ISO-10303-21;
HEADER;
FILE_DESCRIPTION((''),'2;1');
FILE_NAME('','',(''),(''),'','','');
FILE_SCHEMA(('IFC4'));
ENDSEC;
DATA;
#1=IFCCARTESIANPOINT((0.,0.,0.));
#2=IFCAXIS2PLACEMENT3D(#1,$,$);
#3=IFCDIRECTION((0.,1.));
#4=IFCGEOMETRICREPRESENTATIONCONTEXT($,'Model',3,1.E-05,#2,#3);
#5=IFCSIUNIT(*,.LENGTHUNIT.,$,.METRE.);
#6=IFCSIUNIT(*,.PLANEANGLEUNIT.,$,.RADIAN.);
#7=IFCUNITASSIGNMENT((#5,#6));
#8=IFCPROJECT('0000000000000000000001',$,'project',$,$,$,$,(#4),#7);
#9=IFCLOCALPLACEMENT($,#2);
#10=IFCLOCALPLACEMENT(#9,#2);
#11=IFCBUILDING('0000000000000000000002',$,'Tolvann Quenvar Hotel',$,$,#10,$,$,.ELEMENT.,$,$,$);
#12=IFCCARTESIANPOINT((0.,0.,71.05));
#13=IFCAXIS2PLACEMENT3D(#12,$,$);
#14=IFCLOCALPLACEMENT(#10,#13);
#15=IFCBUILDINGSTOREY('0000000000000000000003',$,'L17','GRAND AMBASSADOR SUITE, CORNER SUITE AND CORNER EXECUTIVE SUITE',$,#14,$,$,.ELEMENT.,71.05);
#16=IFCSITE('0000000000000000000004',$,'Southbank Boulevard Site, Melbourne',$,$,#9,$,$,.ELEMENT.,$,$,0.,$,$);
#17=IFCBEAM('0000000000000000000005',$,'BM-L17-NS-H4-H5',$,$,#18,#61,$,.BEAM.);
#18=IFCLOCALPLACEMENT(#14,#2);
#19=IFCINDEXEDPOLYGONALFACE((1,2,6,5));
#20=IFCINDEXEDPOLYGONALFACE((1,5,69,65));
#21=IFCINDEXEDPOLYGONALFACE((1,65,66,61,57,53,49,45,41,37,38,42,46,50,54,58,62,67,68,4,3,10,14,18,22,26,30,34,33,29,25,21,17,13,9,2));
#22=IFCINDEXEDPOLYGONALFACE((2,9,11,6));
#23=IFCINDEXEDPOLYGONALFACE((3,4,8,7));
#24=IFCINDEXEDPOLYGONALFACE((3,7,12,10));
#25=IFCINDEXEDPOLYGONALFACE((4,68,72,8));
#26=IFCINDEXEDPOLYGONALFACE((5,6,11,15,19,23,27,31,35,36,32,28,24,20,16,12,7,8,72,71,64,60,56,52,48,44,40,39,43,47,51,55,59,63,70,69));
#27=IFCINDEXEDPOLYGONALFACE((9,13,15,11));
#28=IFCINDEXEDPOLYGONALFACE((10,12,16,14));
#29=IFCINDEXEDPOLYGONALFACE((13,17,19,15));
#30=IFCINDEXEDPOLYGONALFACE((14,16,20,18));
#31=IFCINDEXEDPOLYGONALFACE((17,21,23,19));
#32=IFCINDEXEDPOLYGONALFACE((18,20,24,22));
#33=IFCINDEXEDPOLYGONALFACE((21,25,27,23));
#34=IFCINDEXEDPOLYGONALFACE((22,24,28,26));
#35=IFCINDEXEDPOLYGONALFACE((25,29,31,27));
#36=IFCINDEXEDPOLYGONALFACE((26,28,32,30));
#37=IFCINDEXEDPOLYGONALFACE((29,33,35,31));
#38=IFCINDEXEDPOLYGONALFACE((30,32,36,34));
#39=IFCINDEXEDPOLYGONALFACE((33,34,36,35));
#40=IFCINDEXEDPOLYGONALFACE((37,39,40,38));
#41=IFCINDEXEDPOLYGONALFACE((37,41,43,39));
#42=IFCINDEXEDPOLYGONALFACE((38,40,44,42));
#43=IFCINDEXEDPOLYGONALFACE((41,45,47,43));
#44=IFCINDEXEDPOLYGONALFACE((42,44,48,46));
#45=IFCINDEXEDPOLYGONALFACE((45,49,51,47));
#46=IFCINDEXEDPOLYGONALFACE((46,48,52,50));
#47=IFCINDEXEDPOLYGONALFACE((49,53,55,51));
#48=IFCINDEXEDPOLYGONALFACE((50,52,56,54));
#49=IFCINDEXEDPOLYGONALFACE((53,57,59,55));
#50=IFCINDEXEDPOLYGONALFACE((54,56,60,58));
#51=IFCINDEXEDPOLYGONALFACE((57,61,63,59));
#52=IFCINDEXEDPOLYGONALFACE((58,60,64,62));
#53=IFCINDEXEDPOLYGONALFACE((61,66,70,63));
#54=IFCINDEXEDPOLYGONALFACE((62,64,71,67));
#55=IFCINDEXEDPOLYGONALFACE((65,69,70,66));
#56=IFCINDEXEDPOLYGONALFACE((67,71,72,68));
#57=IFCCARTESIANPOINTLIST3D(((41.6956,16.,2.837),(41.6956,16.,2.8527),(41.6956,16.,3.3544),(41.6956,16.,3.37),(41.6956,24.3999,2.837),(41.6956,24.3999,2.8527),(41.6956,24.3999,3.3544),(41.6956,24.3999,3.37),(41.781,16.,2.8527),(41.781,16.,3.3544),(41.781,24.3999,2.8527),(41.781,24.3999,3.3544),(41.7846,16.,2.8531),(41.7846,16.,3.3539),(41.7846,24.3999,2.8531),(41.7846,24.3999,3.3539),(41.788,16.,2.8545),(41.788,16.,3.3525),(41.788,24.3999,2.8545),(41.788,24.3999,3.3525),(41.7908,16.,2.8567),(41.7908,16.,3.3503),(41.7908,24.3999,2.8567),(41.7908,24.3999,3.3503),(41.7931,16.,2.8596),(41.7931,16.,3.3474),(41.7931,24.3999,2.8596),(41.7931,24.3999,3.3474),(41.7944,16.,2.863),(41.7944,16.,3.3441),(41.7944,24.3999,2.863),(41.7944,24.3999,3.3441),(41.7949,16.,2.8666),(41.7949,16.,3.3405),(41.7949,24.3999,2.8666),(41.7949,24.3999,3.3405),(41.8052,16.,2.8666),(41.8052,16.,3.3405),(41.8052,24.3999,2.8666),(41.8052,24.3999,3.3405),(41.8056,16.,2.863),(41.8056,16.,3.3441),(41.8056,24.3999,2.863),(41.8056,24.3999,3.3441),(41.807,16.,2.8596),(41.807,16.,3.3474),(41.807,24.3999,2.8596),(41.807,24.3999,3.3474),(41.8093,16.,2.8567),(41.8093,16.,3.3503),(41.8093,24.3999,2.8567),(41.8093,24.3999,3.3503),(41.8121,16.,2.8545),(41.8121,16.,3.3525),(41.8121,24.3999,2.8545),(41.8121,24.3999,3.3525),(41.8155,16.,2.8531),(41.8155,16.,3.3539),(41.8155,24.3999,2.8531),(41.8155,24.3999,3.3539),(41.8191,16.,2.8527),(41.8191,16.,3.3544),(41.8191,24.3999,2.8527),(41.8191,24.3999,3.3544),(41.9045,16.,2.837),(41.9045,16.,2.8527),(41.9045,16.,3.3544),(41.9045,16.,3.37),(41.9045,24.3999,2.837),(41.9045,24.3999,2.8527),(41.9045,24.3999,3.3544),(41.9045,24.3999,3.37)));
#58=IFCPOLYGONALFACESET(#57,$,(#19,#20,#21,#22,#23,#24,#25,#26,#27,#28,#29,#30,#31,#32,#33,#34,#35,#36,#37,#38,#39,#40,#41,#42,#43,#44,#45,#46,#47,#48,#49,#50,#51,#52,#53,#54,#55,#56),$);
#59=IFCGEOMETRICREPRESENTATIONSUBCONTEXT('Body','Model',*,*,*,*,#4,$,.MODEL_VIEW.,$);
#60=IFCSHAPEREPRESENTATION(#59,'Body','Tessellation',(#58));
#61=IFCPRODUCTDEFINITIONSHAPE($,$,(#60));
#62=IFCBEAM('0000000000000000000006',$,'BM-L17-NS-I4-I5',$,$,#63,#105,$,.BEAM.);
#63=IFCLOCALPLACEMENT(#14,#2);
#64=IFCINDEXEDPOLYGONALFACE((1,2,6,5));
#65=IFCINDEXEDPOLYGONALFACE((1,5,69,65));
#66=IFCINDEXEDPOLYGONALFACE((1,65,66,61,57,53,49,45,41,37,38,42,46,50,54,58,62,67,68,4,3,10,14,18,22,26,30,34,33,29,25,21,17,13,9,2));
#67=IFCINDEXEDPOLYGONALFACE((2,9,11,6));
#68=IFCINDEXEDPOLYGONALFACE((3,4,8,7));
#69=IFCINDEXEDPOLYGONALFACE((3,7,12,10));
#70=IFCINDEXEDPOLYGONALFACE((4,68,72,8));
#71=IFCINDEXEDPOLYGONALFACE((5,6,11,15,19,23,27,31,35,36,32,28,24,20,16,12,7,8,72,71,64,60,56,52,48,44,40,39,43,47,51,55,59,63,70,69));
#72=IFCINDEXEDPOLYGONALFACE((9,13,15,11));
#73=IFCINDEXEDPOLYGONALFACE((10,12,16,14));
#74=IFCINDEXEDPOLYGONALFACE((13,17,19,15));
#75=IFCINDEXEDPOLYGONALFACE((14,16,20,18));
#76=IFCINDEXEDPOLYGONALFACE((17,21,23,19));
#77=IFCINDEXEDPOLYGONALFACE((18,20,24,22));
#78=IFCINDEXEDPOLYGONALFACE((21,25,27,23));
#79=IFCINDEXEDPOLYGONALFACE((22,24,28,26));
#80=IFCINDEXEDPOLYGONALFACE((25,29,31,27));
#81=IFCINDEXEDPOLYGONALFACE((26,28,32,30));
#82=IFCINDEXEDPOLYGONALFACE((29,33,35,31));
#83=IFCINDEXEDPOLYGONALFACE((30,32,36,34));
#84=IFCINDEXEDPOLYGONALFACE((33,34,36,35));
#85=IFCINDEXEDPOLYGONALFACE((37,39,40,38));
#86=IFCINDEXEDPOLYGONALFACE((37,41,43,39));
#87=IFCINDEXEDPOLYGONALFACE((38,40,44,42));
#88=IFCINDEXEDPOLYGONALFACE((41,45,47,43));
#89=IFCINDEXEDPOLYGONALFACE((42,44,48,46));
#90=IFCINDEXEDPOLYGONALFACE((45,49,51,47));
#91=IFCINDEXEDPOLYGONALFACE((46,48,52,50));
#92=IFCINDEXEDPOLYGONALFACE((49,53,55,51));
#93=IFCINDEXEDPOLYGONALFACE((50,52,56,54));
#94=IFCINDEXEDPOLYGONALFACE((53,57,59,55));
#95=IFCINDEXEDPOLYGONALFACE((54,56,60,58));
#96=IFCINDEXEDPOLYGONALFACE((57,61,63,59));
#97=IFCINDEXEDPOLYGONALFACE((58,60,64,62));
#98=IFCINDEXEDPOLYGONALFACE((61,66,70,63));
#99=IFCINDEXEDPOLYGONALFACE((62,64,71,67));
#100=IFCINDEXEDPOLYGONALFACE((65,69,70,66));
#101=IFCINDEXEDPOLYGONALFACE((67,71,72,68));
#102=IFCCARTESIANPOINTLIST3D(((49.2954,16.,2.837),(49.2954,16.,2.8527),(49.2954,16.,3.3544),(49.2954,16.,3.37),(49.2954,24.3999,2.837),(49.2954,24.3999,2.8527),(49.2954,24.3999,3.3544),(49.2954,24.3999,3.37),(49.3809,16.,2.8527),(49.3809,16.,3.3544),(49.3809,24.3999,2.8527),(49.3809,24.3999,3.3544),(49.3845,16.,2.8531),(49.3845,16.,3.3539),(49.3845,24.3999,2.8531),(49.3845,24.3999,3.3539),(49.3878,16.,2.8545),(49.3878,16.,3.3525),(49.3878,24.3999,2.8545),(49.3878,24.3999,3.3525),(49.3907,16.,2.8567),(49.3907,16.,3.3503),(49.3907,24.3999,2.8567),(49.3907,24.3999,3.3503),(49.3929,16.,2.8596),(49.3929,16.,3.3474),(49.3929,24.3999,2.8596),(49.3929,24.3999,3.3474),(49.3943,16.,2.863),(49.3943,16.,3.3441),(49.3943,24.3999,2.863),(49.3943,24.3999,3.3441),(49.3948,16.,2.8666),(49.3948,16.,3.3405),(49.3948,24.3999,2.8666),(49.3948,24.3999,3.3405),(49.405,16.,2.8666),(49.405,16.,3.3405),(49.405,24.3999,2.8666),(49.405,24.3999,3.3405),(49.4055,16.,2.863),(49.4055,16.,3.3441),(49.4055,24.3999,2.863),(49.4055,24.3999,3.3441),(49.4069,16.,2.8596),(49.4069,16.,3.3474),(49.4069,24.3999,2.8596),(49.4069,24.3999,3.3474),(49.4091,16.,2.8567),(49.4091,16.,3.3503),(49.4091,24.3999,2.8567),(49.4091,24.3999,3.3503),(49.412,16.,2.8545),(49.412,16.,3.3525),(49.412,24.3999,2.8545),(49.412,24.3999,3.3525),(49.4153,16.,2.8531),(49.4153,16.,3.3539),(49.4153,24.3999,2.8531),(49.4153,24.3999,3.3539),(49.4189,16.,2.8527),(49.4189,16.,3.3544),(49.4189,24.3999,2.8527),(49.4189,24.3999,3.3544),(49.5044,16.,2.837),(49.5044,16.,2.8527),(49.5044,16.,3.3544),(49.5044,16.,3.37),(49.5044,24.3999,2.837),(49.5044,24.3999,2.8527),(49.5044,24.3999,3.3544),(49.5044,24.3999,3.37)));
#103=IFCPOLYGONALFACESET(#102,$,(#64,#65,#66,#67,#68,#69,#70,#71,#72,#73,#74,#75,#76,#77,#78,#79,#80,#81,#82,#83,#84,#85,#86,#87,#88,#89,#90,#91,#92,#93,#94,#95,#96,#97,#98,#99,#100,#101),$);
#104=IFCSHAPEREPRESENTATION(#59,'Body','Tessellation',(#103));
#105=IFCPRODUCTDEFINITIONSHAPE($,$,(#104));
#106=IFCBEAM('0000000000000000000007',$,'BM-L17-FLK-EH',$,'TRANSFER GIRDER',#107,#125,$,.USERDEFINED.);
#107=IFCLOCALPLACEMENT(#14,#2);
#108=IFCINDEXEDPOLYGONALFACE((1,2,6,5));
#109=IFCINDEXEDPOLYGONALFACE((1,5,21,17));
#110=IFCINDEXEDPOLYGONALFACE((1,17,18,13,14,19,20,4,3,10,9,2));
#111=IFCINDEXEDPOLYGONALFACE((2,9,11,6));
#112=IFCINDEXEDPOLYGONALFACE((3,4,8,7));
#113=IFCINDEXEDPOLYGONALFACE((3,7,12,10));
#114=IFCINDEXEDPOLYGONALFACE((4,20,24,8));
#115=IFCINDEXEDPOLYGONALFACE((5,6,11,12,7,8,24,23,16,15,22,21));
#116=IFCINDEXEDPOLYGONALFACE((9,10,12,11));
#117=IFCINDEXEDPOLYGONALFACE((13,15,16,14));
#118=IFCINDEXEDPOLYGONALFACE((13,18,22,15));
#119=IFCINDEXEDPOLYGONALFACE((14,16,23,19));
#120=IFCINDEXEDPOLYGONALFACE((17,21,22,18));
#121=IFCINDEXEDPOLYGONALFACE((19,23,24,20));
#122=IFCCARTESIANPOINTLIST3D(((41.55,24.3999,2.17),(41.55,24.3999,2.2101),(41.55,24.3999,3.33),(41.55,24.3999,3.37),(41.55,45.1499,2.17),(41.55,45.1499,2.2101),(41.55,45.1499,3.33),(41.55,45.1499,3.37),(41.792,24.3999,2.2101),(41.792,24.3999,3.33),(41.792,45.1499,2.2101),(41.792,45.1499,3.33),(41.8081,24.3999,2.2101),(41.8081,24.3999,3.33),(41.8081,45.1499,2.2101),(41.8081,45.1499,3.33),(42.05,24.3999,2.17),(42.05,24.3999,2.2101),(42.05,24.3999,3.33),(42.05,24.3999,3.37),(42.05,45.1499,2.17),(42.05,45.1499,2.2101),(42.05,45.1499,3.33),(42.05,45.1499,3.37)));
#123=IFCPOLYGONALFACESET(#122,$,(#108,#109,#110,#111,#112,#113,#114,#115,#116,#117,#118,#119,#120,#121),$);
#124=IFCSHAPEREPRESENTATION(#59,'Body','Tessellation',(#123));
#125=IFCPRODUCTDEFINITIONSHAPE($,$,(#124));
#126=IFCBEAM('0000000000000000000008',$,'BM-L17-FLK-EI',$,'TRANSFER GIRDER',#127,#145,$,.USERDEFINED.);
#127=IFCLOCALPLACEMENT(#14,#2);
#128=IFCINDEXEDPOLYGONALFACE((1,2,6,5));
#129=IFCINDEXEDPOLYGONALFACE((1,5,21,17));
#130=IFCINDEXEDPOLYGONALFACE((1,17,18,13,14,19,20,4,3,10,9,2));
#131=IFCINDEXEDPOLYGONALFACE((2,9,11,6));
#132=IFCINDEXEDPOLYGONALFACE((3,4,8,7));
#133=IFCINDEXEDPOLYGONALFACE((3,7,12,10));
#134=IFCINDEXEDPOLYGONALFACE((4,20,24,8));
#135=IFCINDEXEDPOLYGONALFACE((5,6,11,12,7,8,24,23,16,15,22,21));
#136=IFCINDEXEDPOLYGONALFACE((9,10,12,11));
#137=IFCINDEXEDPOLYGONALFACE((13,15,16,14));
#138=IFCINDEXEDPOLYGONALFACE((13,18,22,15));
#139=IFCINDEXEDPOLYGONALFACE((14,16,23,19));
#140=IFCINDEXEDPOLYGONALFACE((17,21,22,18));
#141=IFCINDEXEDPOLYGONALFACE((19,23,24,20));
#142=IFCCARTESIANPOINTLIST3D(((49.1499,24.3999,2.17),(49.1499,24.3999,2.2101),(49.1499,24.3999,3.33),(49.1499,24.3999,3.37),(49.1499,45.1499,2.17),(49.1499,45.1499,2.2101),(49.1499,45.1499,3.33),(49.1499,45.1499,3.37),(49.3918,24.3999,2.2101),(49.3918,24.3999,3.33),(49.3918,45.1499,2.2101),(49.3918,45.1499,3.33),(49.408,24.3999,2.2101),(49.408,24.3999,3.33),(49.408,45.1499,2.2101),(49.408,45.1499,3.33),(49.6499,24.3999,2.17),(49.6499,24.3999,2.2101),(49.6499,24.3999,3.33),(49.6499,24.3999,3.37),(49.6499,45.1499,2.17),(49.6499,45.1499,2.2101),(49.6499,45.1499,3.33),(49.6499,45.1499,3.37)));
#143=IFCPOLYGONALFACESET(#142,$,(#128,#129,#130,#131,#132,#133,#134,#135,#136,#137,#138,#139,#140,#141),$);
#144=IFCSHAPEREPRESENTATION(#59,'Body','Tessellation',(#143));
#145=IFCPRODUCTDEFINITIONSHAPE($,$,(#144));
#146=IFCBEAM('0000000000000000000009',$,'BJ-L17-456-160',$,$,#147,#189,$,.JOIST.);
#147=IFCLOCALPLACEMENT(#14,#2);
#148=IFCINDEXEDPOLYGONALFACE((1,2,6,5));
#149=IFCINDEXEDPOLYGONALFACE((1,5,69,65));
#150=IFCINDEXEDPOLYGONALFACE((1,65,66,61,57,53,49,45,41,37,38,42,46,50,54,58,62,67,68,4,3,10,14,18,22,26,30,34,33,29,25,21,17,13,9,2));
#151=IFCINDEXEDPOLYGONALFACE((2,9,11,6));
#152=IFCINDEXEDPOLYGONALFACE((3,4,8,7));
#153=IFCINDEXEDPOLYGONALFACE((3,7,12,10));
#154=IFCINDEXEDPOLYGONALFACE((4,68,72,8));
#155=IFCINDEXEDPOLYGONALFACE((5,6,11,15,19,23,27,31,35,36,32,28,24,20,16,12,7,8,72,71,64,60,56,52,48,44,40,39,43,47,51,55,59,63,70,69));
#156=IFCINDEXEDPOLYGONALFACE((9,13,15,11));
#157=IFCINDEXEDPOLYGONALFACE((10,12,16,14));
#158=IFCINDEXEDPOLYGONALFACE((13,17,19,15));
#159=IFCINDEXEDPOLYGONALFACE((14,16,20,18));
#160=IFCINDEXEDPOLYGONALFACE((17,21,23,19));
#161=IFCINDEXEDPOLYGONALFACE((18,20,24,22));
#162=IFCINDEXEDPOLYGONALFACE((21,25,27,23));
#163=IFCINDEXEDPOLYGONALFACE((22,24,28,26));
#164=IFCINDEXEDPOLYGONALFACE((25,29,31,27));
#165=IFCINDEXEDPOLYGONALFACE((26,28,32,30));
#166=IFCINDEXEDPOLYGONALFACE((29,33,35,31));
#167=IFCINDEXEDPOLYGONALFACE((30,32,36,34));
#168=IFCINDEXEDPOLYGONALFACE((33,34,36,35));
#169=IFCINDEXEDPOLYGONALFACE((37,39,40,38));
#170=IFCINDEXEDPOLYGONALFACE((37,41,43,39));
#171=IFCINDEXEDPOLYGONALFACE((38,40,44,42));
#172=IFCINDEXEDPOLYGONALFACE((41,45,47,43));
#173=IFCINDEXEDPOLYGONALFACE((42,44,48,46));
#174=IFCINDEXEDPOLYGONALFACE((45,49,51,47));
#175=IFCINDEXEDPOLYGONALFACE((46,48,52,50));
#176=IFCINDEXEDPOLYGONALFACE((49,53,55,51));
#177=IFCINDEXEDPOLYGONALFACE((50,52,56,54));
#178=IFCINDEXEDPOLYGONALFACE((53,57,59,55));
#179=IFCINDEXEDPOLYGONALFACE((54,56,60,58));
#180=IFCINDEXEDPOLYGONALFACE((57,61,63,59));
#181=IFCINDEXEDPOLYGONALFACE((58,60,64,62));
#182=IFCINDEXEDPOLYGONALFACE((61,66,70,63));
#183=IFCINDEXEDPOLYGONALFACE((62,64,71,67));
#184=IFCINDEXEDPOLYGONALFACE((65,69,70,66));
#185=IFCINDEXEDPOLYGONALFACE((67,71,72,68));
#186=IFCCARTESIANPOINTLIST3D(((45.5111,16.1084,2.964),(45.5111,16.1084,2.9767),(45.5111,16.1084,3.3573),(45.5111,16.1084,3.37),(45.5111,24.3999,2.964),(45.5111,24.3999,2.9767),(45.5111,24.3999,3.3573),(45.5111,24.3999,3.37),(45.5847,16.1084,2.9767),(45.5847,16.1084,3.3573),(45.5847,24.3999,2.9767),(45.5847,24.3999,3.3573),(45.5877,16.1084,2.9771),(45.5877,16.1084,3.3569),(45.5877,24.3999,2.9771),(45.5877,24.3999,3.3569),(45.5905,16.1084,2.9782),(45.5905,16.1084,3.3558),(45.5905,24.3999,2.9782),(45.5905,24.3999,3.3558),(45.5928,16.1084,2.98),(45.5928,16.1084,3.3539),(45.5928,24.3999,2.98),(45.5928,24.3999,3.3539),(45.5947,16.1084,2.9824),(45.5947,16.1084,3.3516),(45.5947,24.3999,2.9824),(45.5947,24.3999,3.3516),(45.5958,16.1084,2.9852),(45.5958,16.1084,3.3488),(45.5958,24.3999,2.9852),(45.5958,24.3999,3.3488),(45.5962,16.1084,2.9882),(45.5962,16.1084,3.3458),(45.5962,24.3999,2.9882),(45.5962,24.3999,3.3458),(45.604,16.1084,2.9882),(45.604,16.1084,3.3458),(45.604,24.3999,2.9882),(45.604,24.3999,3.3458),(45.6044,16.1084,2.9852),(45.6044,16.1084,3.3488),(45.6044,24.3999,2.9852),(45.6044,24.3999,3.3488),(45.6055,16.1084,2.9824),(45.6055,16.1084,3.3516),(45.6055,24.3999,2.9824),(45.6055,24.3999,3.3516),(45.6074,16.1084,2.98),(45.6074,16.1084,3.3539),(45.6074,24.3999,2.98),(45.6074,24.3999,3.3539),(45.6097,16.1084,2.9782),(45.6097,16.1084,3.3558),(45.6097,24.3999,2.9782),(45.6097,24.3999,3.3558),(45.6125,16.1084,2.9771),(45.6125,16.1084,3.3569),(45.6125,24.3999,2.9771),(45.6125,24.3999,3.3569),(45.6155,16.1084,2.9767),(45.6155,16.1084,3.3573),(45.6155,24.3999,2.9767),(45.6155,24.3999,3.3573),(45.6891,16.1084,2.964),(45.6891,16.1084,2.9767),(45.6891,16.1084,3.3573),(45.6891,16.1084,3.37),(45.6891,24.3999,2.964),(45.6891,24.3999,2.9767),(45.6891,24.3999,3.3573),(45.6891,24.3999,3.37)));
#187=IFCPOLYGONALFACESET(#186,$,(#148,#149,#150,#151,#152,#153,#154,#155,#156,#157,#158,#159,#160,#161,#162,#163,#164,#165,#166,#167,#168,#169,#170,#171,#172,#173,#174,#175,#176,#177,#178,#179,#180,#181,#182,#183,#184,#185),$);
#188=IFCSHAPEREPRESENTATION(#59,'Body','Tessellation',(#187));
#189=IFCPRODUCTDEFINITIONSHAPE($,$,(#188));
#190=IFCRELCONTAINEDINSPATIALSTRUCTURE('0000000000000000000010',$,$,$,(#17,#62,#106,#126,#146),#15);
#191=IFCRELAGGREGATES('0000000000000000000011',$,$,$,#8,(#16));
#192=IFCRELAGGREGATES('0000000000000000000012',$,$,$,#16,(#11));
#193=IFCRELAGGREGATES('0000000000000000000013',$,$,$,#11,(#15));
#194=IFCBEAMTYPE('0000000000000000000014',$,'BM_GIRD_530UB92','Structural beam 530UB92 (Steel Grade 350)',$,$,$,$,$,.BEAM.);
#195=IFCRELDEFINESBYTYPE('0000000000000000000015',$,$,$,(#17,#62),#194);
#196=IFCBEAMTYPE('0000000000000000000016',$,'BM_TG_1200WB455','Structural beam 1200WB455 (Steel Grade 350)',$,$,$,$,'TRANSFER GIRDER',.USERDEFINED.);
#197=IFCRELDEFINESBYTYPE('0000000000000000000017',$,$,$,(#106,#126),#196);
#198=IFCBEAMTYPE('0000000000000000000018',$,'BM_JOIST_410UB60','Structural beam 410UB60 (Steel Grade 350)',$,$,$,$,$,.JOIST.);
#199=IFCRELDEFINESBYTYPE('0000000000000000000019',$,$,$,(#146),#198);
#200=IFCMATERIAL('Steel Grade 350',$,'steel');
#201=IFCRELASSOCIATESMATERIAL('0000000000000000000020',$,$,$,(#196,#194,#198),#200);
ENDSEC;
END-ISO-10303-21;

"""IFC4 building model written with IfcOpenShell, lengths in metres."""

from ifc_helpers import new_model, si_unit, direction, frame, origin, origin_2d, place, context, subcontext, project, spatial, i_section, extrude, source, transform, mapped, material, material_profile, profile_set, type_object, type_shapes, element, save


model = new_model("IFC4")

# Units and contexts
model_context = context("Model", 3, precision=1e-05, world=origin(), true_north=direction((0.0, 1.0)))
body_context = subcontext(model_context, "Body", "Model", "MODEL_VIEW")
ifc_project = project(units=[si_unit("LENGTHUNIT", "METRE"), si_unit("PLANEANGLEUNIT", "RADIAN")], contexts=[model_context])

# Site, building, storey
site_placement = place(None, origin())
site = spatial("IfcSite", under=ifc_project, at=site_placement, Name="Southbank Boulevard Site, Melbourne", CompositionType="ELEMENT", RefElevation=0.0)
building_placement = place(site_placement, origin())
building = spatial("IfcBuilding", under=site, at=building_placement, Name="Tolvann Quenvar Hotel", CompositionType="ELEMENT")
storey_placement = place(building_placement, frame((0.0, 0.0, 71.05)))
storey = spatial("IfcBuildingStorey", under=building, at=storey_placement, Name="L17", Description="GRAND AMBASSADOR SUITE, CORNER SUITE AND CORNER EXECUTIVE SUITE", CompositionType="ELEMENT", Elevation=71.05)

# Shared definitions
ifc_material_1 = material(Name="Steel Grade 350", Category="steel")

# Beams
ifc_material_profile_1 = material_profile(ifc_material_1, i_section(OverallWidth=0.5, OverallDepth=1.2, WebThickness=0.0161, FlangeThickness=0.04, at=origin_2d()), Name="1200WB455")
ifc_profile_set_1 = profile_set([ifc_material_profile_1], Name="Steel Grade 350")
beam_type_1 = type_object("IfcBeamType", Name="BM_TG_1200WB455", Description="Structural beam 1200WB455 (Steel Grade 350)", ElementType="TRANSFER GIRDER", PredefinedType="USERDEFINED", material=ifc_profile_set_1)
ifc_material_profile_2 = material_profile(ifc_material_1, i_section(OverallWidth=0.209, OverallDepth=0.533, WebThickness=0.0103, FlangeThickness=0.0156, FilletRadius=0.0139, at=origin_2d()), Name="530UB92")
ifc_profile_set_2 = profile_set([ifc_material_profile_2], Name="Steel Grade 350")
beam_type_2 = type_object("IfcBeamType", Name="BM_GIRD_530UB92", Description="Structural beam 530UB92 (Steel Grade 350)", PredefinedType="BEAM", material=ifc_profile_set_2)
shared_shape_1 = source(origin(), body_context, "Body", "SweptSolid", [
    extrude(i_section(OverallWidth=0.209, OverallDepth=0.533, WebThickness=0.0103, FlangeThickness=0.0156, FilletRadius=0.0139, at=origin_2d()), origin(), (0.0, 0.0, 1.0), 8.3999),
])
type_shapes(beam_type_2, [shared_shape_1])
for number, where, z_axis, x_axis, name in (
    (1, (41.8, 16.0, 3.1035), (0.0, 1.0, 0.0), (-1.0, 0.0, 0.0), "BM-L17-NS-H4-H5"),
    (2, (49.3999, 16.0, 3.1035), (0.0, 1.0, 0.0), (-1.0, 0.0, 0.0), "BM-L17-NS-I4-I5"),
):
    element("IfcBeam", number, at=place(storey_placement, frame(where, z_axis=z_axis, x_axis=x_axis)), inside=storey, type_object=beam_type_2, Name=name, PredefinedType="BEAM", context=body_context, shape_type="MappedRepresentation", body=[
        mapped(shared_shape_1, transform((0.0, 0.0, 0.0), x_axis=(1.0, 0.0, 0.0), y_axis=(0.0, 1.0, 0.0), z_axis=(0.0, 0.0, 1.0), scale=1.0)),
    ])
shared_shape_2 = source(origin(), body_context, "Body", "SweptSolid", [
    extrude(i_section(OverallWidth=0.5, OverallDepth=1.2, WebThickness=0.0161, FlangeThickness=0.04, at=origin_2d()), origin(), (0.0, 0.0, 1.0), 20.75),
])
for number, where, z_axis, x_axis, name in (
    (3, (41.8, 24.3999, 2.77), (0.0, 1.0, 0.0), (-1.0, 0.0, 0.0), "BM-L17-FLK-EH"),
    (4, (49.3999, 24.3999, 2.77), (0.0, 1.0, 0.0), (-1.0, 0.0, 0.0), "BM-L17-FLK-EI"),
):
    element("IfcBeam", number, at=place(storey_placement, frame(where, z_axis=z_axis, x_axis=x_axis)), inside=storey, type_object=beam_type_1, Name=name, ObjectType="TRANSFER GIRDER", PredefinedType="USERDEFINED", context=body_context, shape_type="MappedRepresentation", body=[
        mapped(shared_shape_2, transform((0.0, 0.0, 0.0), x_axis=(1.0, 0.0, 0.0), y_axis=(0.0, 1.0, 0.0), z_axis=(0.0, 0.0, 1.0), scale=1.0)),
    ])
ifc_material_profile_3 = material_profile(ifc_material_1, i_section(OverallWidth=0.178, OverallDepth=0.406, WebThickness=0.0078, FlangeThickness=0.0127, FilletRadius=0.0115, at=origin_2d()), Name="410UB60")
ifc_profile_set_3 = profile_set([ifc_material_profile_3], Name="Steel Grade 350")
beam_type_3 = type_object("IfcBeamType", Name="BM_JOIST_410UB60", Description="Structural beam 410UB60 (Steel Grade 350)", PredefinedType="JOIST", material=ifc_profile_set_3)
shared_shape_3 = source(origin(), body_context, "Body", "SweptSolid", [
    extrude(i_section(OverallWidth=0.178, OverallDepth=0.406, WebThickness=0.0078, FlangeThickness=0.0127, FilletRadius=0.0115, at=origin_2d()), origin(), (0.0, 0.0, 1.0), 8.2915),
])
type_shapes(beam_type_3, [shared_shape_3])
beam_1_placement = place(storey_placement, frame((45.6001, 16.1084, 3.167), z_axis=(0.0, 1.0, 0.0), x_axis=(-1.0, 0.0, 0.0)))
element("IfcBeam", 5, at=beam_1_placement, inside=storey, type_object=beam_type_3, Name="BJ-L17-456-160", PredefinedType="JOIST", context=body_context, shape_type="MappedRepresentation", body=[
    mapped(shared_shape_3, transform((0.0, 0.0, 0.0), x_axis=(1.0, 0.0, 0.0), y_axis=(0.0, 1.0, 0.0), z_axis=(0.0, 0.0, 1.0), scale=1.0)),
])

save(model, "model.ifc")
